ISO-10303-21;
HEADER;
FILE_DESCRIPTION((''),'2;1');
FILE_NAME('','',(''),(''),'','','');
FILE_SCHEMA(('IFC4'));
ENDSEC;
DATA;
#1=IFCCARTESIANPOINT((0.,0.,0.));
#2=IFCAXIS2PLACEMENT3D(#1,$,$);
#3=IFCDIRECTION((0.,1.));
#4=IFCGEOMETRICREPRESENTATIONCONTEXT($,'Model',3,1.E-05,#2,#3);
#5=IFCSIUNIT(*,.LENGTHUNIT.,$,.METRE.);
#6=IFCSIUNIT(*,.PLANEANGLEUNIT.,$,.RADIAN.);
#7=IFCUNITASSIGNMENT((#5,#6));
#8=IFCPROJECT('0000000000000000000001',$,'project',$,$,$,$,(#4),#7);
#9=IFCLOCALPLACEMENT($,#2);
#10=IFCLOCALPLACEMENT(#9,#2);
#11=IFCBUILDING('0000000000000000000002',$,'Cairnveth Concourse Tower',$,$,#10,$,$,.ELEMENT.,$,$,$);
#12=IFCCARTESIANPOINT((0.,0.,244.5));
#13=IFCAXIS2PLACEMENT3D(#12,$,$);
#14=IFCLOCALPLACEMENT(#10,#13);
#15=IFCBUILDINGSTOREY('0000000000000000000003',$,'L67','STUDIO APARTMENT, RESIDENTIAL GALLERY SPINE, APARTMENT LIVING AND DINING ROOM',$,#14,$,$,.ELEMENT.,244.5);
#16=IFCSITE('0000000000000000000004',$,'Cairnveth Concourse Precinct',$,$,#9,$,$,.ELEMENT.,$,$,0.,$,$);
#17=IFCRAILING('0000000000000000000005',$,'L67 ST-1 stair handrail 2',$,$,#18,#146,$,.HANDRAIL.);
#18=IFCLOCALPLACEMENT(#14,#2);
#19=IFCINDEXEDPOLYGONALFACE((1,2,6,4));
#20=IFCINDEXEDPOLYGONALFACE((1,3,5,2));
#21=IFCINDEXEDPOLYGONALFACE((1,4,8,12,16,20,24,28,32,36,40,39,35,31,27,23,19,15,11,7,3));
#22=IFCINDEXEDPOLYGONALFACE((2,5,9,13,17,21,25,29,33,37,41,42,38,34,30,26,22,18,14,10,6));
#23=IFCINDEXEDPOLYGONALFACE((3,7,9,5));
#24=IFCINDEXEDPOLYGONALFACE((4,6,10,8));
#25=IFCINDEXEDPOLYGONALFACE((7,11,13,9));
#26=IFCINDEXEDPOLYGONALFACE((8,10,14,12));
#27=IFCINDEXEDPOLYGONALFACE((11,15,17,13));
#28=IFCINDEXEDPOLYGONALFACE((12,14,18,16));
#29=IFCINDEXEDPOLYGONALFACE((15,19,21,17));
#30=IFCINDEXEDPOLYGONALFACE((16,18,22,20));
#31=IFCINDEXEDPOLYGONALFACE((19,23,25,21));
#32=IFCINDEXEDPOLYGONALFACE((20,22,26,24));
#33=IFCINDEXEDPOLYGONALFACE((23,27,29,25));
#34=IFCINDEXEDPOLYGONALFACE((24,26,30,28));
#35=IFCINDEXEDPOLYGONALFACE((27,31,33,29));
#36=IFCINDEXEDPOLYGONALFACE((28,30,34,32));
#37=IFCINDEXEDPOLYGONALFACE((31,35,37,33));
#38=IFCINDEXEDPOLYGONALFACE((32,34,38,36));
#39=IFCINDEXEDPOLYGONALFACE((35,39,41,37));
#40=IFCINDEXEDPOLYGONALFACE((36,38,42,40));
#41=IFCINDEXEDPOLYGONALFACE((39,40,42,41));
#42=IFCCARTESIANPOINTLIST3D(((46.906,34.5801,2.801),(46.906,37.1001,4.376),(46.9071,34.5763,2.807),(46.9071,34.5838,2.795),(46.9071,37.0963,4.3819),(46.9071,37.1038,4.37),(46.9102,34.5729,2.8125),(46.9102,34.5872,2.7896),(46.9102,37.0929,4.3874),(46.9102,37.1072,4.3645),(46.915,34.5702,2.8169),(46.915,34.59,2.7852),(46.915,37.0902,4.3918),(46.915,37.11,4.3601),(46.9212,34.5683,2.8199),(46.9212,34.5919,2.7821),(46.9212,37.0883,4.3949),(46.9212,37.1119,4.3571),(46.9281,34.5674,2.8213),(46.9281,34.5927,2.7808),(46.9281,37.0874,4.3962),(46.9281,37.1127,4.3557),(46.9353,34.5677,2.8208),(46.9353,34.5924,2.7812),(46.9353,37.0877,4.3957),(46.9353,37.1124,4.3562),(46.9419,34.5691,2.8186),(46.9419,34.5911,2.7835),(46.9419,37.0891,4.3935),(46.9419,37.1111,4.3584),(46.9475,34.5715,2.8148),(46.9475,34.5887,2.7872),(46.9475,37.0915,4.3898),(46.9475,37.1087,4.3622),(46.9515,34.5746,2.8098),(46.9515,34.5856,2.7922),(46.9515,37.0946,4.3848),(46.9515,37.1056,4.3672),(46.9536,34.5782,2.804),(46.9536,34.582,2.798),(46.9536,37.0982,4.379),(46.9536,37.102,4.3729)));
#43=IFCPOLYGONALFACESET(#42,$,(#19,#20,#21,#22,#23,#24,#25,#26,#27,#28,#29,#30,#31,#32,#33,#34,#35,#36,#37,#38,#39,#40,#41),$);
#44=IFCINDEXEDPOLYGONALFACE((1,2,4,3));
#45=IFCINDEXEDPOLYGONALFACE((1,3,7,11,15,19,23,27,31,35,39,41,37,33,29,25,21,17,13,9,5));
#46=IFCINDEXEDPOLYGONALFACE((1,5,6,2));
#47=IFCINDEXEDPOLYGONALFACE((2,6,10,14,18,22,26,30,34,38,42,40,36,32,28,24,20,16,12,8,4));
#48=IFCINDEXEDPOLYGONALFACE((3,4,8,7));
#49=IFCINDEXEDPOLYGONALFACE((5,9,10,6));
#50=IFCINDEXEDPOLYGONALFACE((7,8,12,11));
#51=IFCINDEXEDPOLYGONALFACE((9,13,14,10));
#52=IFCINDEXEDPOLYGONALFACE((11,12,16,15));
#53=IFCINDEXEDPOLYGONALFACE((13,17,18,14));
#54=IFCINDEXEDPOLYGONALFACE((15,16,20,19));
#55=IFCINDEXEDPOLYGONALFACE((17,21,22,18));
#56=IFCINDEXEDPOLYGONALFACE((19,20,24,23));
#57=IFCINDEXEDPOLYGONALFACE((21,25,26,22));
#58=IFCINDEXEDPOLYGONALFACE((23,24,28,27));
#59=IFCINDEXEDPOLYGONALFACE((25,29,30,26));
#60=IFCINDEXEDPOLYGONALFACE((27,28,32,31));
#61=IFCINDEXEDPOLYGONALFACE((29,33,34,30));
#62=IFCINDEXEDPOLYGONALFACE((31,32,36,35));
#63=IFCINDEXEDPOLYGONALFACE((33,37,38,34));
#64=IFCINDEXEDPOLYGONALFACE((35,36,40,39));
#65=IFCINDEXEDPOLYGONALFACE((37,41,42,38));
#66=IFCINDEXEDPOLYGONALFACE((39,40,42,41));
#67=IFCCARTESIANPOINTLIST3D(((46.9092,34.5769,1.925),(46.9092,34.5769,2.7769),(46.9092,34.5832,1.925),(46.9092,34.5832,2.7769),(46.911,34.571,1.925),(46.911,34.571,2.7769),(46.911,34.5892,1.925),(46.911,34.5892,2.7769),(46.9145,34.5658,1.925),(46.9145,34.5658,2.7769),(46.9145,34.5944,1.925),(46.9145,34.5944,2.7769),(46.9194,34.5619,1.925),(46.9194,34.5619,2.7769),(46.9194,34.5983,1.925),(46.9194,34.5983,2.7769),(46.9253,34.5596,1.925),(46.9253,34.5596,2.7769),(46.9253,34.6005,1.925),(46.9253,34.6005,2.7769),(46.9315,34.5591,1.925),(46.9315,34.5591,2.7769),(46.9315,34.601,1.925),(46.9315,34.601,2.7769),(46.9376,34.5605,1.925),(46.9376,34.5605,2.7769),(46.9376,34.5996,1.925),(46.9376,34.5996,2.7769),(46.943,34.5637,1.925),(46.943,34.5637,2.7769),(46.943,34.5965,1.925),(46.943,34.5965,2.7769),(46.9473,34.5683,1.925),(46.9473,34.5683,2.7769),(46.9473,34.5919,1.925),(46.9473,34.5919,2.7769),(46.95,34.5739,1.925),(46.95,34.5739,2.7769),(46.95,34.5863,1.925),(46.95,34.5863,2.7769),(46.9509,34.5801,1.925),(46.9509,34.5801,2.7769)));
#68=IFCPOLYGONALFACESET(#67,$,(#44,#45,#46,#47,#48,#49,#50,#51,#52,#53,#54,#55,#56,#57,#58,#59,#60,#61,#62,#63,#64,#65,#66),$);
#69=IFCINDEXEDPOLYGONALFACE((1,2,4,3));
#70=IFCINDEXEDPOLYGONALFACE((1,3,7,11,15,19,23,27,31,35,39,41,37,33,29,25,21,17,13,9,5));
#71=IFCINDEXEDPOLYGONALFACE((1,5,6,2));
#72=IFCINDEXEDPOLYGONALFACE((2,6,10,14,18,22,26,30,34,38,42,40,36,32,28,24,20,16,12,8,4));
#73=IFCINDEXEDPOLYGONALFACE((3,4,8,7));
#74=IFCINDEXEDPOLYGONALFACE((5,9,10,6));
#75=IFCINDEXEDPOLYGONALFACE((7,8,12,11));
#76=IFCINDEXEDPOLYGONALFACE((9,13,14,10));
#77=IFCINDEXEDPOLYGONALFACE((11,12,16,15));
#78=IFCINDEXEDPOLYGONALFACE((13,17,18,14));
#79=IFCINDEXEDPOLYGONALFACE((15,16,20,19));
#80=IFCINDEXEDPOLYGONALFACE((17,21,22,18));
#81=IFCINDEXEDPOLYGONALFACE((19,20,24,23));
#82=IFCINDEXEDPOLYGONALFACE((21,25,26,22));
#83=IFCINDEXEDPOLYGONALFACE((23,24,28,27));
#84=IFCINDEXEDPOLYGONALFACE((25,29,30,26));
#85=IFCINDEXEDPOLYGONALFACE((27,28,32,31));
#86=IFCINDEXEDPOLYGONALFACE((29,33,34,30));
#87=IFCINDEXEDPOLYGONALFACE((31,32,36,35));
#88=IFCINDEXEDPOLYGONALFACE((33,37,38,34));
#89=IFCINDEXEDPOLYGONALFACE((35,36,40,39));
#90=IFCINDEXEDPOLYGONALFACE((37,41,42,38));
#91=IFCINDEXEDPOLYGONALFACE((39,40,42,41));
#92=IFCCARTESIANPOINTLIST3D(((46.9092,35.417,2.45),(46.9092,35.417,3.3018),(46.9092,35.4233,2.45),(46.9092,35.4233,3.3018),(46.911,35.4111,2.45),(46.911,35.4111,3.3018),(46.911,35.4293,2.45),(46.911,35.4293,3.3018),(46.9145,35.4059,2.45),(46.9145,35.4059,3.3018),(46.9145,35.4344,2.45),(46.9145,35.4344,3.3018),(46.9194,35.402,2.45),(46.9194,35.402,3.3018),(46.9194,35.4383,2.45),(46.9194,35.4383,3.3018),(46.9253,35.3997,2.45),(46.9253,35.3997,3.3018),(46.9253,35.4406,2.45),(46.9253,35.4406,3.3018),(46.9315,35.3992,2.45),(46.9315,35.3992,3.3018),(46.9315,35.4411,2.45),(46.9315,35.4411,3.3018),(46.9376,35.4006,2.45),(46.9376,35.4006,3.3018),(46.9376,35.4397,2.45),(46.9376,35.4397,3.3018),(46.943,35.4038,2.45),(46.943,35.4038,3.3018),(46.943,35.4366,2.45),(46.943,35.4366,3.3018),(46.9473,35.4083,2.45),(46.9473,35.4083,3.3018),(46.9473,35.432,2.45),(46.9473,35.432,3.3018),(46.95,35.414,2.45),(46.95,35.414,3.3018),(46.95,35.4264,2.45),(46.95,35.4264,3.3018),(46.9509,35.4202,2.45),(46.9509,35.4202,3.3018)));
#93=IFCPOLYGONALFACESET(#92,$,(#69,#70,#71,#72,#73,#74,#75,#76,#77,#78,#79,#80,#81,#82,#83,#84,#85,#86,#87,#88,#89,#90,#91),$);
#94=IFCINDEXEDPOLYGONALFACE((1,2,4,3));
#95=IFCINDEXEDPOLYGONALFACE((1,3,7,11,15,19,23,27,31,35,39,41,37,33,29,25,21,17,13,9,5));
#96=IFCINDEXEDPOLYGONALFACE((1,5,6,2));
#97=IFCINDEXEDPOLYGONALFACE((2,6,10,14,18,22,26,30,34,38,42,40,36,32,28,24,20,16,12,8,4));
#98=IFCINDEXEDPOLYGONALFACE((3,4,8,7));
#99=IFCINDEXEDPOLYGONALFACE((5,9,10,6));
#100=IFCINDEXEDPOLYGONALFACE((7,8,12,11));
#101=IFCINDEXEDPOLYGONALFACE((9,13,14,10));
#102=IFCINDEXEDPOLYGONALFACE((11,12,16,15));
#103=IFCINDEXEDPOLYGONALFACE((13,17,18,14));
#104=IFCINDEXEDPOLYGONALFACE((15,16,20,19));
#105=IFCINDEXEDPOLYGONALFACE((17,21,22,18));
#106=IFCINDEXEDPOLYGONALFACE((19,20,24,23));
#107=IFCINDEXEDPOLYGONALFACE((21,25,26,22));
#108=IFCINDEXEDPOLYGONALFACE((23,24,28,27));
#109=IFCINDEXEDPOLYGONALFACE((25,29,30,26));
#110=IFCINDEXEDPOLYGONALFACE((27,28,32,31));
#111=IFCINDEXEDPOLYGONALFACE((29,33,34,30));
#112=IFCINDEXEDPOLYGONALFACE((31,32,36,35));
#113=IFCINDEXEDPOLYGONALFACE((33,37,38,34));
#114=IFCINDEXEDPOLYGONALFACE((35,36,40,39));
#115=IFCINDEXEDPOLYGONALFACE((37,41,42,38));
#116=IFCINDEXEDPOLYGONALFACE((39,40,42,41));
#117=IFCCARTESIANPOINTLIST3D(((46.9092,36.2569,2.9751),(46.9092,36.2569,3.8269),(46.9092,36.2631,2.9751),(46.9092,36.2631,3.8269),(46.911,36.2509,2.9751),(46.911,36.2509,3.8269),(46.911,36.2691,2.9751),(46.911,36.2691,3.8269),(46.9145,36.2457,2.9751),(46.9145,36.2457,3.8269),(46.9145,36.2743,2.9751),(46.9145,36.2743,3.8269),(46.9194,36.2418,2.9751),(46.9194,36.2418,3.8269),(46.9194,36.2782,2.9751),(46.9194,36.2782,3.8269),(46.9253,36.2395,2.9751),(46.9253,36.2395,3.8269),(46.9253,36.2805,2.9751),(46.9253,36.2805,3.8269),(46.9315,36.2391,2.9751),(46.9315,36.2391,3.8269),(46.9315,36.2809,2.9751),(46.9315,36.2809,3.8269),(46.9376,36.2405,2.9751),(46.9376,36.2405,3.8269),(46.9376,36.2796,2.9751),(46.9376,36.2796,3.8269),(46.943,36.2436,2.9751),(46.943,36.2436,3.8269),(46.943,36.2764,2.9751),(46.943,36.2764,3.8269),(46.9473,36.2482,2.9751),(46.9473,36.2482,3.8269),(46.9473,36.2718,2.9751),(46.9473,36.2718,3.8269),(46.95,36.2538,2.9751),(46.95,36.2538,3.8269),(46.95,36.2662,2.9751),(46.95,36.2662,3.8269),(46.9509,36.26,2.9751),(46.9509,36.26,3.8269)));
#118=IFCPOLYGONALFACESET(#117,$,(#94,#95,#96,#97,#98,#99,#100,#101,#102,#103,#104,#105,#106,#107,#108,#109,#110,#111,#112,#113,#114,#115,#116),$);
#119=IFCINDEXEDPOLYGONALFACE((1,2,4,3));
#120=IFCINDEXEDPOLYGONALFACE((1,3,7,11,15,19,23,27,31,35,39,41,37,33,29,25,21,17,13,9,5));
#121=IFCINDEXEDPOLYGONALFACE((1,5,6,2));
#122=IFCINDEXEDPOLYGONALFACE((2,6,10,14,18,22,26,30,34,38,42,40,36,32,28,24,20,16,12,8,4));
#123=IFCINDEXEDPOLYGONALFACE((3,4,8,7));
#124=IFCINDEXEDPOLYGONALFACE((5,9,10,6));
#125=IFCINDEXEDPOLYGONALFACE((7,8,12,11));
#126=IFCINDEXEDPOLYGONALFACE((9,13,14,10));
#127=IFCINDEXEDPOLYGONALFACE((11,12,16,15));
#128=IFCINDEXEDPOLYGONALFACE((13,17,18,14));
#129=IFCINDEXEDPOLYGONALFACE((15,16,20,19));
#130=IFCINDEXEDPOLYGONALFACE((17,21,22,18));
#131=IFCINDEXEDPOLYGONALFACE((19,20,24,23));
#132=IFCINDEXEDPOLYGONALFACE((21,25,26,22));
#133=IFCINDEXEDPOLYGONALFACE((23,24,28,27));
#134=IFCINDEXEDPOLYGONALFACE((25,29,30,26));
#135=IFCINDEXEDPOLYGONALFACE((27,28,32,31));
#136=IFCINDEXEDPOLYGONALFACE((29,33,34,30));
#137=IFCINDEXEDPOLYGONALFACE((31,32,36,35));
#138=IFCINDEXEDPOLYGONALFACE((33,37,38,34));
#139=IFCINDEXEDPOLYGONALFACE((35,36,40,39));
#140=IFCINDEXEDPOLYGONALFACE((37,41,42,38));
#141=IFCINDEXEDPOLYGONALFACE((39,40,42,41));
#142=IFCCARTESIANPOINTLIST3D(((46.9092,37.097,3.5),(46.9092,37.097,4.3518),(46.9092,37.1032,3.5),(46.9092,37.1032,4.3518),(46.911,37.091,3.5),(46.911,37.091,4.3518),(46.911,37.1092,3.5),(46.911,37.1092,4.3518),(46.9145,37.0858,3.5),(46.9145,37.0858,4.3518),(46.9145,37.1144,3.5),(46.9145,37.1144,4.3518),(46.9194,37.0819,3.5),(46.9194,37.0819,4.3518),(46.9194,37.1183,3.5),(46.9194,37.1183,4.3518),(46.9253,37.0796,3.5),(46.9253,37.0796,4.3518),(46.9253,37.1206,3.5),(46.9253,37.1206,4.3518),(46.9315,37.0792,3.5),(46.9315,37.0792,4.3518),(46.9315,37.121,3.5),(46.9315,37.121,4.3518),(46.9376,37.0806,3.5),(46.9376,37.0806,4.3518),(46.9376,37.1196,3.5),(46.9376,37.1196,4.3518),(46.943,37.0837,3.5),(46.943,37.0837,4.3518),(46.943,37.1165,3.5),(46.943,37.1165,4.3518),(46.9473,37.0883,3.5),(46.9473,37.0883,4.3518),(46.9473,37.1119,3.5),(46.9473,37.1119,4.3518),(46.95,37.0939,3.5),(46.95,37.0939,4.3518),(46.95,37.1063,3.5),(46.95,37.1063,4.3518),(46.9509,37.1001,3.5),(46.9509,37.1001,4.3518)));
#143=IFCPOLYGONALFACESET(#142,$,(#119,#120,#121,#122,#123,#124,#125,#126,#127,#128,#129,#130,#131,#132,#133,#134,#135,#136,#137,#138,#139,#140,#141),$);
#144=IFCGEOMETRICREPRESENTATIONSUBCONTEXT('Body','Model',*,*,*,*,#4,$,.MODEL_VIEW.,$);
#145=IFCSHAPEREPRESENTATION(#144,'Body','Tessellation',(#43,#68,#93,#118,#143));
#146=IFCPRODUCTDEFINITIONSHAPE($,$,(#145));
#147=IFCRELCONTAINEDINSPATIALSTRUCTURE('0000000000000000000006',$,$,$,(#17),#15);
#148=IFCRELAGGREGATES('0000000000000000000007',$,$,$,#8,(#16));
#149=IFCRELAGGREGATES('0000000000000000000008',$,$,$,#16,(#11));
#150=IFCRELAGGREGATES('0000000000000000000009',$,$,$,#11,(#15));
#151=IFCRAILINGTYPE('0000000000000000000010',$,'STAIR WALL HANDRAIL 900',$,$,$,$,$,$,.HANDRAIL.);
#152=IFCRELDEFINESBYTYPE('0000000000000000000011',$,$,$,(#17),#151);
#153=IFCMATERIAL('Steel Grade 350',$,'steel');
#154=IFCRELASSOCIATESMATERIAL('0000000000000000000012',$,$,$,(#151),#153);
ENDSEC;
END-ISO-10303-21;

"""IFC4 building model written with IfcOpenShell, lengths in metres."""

from ifc_helpers import new_model, si_unit, direction, frame, origin, origin_2d, place, context, subcontext, project, spatial, circle, extrude, material, type_object, element, save


model = new_model("IFC4")

# Units and contexts
model_context = context("Model", 3, precision=1e-05, world=origin(), true_north=direction((0.0, 1.0)))
body_context = subcontext(model_context, "Body", "Model", "MODEL_VIEW")
ifc_project = project(units=[si_unit("LENGTHUNIT", "METRE"), si_unit("PLANEANGLEUNIT", "RADIAN")], contexts=[model_context])

# Site, building, storey
site_placement = place(None, origin())
site = spatial("IfcSite", under=ifc_project, at=site_placement, Name="Cairnveth Concourse Precinct", CompositionType="ELEMENT", RefElevation=0.0)
building_placement = place(site_placement, origin())
building = spatial("IfcBuilding", under=site, at=building_placement, Name="Cairnveth Concourse Tower", CompositionType="ELEMENT")
storey_placement = place(building_placement, frame((0.0, 0.0, 244.5)))
storey = spatial("IfcBuildingStorey", under=building, at=storey_placement, Name="L67", Description="STUDIO APARTMENT, RESIDENTIAL GALLERY SPINE, APARTMENT LIVING AND DINING ROOM", CompositionType="ELEMENT", Elevation=244.5)

# Railing
ifc_material_1 = material(Name="Steel Grade 350", Category="steel")
railing_type_1 = type_object("IfcRailingType", Name="STAIR WALL HANDRAIL 900", PredefinedType="HANDRAIL", material=ifc_material_1)
railing_1_placement = place(storey_placement, frame((46.9299, 34.5801, 1.925)))
element("IfcRailing", 1, at=railing_1_placement, inside=storey, type_object=railing_type_1, Name="L67 ST-1 stair handrail 2", PredefinedType="HANDRAIL", context=body_context, shape_type="SweptSolid", body=[
    extrude(circle(Radius=0.0239, at=origin_2d()), frame((0.0, 0.0, 0.876), z_axis=(0.0, 0.848008, 0.529984), x_axis=(-1.0, 0.0, 0.0)), (0.0, 0.0, 1.0), 2.9717),
    extrude(circle(Radius=0.021, at=origin_2d()), origin(), (0.0, 0.0, 1.0), 0.8518),
    extrude(circle(Radius=0.021, at=origin_2d()), frame((0.0, 0.8401, 0.5249)), (0.0, 0.0, 1.0), 0.8518),
    extrude(circle(Radius=0.021, at=origin_2d()), frame((0.0, 1.6799, 1.05)), (0.0, 0.0, 1.0), 0.8518),
    extrude(circle(Radius=0.021, at=origin_2d()), frame((0.0, 2.52, 1.575)), (0.0, 0.0, 1.0), 0.8518),
])

save(model, "model.ifc")
